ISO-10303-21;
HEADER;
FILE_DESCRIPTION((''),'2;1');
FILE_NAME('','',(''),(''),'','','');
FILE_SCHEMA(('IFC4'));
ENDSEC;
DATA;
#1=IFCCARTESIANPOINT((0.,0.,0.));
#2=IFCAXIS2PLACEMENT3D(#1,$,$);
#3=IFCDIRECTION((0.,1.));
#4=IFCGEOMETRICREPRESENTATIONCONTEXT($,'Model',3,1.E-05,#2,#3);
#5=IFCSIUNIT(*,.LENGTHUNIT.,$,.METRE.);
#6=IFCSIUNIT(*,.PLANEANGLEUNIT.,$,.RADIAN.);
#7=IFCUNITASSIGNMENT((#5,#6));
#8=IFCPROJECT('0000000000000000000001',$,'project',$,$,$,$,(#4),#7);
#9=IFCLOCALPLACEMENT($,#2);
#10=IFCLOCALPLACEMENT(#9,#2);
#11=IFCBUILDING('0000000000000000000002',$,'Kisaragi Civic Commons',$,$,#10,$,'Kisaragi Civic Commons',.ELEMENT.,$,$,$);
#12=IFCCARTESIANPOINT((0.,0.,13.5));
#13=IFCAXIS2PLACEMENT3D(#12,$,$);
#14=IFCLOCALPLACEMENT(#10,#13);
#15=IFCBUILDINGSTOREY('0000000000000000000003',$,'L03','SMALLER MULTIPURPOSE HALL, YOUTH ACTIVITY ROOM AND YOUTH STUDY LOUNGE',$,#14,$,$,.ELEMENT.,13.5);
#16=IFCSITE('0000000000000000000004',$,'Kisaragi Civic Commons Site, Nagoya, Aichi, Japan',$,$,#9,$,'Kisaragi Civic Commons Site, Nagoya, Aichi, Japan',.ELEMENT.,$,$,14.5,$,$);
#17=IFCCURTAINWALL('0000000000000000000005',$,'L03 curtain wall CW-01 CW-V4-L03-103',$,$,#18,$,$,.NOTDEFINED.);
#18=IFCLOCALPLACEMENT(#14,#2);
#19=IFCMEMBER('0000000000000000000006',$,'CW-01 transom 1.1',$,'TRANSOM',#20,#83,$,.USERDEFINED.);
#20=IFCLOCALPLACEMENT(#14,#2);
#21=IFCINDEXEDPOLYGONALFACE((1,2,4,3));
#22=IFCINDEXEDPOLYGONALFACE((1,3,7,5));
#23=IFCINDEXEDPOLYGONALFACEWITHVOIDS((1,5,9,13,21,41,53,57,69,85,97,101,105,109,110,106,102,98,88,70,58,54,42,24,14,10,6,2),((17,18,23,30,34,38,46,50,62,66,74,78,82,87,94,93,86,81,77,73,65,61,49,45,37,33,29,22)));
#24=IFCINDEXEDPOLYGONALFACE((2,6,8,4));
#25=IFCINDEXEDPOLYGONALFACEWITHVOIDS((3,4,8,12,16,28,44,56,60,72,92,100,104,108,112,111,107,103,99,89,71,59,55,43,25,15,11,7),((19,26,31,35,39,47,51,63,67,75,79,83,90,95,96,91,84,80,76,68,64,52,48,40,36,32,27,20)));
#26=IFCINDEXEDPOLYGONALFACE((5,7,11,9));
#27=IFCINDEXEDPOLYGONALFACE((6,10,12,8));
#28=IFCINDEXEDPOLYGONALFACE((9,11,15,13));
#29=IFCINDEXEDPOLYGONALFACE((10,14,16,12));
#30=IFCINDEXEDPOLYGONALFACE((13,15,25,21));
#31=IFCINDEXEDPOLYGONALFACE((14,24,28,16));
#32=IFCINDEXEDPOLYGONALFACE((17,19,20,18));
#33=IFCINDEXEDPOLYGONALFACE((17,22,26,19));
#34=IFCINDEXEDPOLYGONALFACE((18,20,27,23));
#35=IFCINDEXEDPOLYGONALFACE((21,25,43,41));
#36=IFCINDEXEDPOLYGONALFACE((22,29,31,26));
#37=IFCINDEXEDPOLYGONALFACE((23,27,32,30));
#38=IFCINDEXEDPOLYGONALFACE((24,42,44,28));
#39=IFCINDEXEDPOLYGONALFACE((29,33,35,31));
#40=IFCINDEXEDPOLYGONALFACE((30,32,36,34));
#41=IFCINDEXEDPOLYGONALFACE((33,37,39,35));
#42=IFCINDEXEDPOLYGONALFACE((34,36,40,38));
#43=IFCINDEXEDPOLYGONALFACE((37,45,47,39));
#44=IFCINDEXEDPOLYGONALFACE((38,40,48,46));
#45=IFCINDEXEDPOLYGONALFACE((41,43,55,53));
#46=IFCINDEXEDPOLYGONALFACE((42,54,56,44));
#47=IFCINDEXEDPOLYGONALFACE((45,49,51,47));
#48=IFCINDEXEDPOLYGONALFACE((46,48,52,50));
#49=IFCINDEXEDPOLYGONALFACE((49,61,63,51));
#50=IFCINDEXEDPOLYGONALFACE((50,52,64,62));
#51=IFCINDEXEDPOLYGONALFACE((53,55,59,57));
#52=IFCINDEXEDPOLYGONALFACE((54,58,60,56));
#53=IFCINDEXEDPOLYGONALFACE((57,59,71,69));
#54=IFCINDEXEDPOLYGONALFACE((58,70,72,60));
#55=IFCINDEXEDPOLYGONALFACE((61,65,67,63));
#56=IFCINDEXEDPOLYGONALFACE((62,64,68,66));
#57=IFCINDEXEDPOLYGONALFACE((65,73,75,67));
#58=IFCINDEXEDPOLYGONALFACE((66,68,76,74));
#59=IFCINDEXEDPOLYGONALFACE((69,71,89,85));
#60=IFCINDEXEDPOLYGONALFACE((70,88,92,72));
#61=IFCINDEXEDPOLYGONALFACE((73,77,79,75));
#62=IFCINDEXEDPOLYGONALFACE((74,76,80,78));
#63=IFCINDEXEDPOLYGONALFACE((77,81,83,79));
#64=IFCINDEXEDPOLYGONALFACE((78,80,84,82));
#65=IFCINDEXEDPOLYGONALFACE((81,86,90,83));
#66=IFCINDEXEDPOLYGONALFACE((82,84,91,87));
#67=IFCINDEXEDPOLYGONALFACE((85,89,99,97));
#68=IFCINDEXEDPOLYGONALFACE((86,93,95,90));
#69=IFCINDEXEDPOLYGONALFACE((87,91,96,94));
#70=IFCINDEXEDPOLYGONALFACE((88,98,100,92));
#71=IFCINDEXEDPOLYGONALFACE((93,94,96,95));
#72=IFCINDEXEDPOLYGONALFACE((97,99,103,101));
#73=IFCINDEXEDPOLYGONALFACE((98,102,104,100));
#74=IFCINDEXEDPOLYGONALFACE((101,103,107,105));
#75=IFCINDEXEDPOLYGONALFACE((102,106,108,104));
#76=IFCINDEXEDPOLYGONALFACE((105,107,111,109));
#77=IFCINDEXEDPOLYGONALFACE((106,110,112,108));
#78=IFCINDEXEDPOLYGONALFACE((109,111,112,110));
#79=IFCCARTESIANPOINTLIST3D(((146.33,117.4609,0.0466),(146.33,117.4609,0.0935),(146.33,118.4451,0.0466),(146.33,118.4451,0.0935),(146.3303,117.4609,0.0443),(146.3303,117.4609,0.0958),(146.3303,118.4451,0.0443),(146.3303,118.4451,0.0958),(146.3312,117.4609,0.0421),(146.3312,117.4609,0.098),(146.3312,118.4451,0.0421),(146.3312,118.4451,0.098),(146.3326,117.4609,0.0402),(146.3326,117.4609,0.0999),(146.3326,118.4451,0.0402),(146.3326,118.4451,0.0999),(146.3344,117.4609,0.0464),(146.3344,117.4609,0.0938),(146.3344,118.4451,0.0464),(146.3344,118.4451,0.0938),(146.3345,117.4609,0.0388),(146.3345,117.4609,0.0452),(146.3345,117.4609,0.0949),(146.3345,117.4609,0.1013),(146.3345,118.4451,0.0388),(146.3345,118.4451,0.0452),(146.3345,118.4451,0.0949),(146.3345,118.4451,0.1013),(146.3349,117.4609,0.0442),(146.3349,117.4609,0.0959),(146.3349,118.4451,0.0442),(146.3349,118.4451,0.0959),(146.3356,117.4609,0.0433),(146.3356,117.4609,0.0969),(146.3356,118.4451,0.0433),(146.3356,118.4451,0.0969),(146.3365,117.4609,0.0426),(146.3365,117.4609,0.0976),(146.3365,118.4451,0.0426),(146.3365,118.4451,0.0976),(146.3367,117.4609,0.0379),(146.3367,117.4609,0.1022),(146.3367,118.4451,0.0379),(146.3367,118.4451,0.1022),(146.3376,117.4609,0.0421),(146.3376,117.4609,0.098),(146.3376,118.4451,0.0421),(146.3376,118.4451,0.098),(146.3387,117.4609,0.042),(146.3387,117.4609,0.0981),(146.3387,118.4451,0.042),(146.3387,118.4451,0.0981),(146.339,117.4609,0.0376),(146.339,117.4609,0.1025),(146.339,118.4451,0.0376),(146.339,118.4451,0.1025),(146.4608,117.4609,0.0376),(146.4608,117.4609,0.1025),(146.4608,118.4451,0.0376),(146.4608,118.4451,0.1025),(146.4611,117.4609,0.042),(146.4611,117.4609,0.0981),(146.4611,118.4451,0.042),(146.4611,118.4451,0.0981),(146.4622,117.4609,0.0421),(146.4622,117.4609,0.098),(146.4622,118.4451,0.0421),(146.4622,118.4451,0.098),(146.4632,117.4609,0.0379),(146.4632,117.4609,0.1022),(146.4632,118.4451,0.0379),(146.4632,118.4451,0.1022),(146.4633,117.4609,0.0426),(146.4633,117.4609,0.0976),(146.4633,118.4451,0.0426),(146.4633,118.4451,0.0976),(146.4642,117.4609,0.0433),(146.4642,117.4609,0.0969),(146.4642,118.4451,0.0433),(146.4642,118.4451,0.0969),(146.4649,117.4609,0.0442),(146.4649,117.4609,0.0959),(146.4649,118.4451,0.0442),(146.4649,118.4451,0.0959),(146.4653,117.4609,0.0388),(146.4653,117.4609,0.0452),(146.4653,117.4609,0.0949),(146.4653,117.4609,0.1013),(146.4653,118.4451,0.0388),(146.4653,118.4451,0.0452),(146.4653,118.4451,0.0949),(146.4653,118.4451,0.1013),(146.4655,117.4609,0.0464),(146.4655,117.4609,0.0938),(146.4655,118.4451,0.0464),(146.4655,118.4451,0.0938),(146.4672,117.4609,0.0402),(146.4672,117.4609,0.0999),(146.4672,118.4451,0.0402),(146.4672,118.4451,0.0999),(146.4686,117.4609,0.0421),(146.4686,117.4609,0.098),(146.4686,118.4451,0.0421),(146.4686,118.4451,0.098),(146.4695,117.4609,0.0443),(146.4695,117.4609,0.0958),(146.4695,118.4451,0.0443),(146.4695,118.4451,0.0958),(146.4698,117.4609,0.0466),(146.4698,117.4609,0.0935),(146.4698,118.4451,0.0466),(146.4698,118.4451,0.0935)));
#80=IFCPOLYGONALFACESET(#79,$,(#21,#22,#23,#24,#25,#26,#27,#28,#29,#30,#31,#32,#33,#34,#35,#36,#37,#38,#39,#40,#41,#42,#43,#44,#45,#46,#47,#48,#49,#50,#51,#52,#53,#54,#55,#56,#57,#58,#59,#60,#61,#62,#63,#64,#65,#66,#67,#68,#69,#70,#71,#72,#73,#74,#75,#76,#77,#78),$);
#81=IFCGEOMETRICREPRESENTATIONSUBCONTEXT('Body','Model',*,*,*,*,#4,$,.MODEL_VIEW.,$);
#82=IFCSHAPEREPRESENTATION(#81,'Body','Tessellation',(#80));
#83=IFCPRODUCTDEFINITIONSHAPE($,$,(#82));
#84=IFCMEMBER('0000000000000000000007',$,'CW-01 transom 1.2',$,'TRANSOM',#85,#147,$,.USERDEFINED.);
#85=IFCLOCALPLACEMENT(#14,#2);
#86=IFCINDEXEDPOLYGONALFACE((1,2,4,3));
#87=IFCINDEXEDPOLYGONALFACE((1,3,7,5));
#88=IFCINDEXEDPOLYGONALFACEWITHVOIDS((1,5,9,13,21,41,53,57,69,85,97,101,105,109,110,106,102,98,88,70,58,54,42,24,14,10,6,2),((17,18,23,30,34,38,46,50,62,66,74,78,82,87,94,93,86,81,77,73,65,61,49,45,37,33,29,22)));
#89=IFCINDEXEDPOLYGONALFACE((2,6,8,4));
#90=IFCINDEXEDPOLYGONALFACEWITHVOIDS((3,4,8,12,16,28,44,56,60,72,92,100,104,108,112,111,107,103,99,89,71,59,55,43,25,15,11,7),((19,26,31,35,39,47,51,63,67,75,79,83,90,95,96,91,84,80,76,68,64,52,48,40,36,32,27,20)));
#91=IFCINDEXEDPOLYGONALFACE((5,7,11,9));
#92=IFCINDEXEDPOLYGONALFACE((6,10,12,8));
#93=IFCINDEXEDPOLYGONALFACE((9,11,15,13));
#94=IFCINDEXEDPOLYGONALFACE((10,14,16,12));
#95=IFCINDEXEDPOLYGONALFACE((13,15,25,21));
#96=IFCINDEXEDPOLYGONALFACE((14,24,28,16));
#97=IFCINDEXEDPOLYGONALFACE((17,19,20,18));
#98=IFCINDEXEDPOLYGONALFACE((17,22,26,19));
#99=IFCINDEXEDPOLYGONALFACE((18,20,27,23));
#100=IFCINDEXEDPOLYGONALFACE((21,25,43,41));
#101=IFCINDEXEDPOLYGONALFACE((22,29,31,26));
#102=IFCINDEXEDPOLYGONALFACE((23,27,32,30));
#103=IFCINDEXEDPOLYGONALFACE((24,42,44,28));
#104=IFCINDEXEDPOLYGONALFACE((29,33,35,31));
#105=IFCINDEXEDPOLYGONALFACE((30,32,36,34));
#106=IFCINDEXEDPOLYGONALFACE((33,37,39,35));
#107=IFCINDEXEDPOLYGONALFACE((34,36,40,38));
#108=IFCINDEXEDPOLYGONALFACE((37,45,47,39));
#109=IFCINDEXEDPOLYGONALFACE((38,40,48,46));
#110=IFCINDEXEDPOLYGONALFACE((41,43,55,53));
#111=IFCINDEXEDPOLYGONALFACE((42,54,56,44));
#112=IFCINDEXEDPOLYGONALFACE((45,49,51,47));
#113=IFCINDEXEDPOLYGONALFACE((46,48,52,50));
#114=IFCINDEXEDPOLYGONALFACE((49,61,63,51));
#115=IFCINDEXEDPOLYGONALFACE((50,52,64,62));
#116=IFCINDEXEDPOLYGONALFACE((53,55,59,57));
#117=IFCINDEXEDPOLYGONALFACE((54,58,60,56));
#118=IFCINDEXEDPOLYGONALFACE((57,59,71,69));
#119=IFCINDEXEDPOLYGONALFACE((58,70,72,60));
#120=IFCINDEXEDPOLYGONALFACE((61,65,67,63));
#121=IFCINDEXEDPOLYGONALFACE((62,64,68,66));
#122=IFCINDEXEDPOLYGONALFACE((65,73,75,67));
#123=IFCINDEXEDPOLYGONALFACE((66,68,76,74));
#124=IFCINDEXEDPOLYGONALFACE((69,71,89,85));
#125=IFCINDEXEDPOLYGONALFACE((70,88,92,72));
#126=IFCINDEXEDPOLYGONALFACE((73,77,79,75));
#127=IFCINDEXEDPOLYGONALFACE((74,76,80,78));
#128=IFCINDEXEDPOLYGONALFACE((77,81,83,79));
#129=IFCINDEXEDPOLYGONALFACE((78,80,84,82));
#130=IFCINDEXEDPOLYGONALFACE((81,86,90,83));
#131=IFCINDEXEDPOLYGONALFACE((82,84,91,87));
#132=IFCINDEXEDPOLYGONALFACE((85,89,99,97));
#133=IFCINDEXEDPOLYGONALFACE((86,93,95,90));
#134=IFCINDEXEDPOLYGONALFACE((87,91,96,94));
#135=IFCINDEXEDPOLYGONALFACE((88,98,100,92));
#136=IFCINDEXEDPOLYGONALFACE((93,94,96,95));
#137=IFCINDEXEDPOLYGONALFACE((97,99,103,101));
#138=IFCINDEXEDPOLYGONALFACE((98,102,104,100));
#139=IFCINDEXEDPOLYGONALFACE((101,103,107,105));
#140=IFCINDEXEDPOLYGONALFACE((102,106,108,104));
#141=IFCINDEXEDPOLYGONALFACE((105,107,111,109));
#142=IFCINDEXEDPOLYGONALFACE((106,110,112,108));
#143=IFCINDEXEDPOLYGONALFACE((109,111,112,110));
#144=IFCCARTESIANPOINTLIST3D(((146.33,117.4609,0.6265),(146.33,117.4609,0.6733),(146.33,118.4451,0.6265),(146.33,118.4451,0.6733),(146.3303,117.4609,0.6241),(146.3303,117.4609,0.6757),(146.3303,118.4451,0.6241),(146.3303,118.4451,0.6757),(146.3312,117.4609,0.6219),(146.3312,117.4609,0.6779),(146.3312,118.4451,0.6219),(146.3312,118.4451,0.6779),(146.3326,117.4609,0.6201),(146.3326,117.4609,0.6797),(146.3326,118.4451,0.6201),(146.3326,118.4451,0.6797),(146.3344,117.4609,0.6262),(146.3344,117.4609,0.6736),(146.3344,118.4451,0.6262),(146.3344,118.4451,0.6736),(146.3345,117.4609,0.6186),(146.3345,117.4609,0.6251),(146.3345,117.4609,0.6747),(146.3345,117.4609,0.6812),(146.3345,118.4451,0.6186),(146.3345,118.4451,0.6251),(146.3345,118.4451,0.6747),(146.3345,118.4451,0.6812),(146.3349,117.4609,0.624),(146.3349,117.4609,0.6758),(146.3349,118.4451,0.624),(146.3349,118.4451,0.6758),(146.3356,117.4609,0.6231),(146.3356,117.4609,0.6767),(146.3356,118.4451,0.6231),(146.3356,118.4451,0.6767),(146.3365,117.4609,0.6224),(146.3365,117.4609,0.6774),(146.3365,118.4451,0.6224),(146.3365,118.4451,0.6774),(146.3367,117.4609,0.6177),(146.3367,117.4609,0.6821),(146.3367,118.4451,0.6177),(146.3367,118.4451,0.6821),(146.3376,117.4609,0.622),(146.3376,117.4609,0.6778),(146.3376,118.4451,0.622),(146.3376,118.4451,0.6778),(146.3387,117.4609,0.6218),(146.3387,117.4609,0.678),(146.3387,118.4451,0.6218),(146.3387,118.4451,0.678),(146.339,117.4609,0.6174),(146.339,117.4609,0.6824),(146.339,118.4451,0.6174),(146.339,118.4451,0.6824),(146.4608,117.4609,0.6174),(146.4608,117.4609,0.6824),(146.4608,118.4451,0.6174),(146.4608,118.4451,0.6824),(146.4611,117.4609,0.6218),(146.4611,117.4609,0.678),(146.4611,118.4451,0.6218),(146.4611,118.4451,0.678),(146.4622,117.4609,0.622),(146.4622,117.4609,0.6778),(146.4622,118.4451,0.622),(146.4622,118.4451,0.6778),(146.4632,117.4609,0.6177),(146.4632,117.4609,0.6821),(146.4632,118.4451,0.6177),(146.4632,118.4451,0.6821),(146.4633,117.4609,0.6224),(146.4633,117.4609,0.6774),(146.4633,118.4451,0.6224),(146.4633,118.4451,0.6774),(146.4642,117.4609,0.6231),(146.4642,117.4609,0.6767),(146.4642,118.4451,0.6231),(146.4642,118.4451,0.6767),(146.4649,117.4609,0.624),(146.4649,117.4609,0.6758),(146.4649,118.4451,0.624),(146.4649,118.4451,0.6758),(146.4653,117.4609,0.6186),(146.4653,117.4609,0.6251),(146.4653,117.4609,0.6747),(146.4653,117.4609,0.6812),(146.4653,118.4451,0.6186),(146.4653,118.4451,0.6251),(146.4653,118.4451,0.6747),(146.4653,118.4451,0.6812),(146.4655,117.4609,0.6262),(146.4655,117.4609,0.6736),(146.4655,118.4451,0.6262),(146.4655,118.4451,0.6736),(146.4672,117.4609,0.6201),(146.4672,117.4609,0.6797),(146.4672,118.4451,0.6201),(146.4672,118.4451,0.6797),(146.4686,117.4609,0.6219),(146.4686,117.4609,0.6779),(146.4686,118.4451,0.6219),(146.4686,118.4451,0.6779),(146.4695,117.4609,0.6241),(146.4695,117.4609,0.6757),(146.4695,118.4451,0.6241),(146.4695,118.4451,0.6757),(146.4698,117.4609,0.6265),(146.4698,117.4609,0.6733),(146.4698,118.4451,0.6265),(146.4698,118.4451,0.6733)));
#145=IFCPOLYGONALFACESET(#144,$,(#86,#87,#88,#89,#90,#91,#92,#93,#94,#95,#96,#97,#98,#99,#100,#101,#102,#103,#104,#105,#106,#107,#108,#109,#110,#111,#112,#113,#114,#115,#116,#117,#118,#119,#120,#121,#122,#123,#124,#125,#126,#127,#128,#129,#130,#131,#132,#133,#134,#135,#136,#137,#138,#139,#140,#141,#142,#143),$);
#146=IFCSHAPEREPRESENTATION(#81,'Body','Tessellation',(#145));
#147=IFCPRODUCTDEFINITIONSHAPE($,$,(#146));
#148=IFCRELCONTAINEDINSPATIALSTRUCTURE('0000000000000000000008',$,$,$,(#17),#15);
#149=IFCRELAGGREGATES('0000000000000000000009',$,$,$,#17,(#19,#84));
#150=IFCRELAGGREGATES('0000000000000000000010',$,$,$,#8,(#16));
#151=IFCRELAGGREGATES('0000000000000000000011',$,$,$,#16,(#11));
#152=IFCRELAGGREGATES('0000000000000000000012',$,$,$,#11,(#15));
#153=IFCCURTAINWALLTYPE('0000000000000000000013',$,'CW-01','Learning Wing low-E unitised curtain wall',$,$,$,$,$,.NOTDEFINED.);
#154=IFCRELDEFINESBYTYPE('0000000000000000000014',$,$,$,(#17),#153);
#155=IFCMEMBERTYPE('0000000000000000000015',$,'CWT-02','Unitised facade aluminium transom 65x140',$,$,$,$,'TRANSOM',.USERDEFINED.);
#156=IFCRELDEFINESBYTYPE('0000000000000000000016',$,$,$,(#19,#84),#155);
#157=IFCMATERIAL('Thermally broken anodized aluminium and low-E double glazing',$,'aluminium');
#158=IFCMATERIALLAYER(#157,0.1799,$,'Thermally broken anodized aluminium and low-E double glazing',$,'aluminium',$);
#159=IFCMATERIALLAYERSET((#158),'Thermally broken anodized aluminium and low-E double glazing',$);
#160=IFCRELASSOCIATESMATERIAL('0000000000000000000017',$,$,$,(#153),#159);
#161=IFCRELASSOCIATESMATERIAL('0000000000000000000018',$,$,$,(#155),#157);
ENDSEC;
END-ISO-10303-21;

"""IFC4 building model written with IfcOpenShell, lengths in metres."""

from ifc_helpers import new_model, si_unit, direction, frame, origin, origin_2d, place, context, subcontext, project, spatial, hollow_rectangle, extrude, material, layer, layer_set, material_profile, profile_set, type_object, element, aggregate, save


model = new_model("IFC4")

# Units and contexts
model_context = context("Model", 3, precision=1e-05, world=origin(), true_north=direction((0.0, 1.0)))
body_context = subcontext(model_context, "Body", "Model", "MODEL_VIEW")
ifc_project = project(units=[si_unit("LENGTHUNIT", "METRE"), si_unit("PLANEANGLEUNIT", "RADIAN")], contexts=[model_context])

# Site, building, storey
site_placement = place(None, origin())
site = spatial("IfcSite", under=ifc_project, at=site_placement, Name="Kisaragi Civic Commons Site, Nagoya, Aichi, Japan", LongName="Kisaragi Civic Commons Site, Nagoya, Aichi, Japan", CompositionType="ELEMENT", RefElevation=14.5)
building_placement = place(site_placement, origin())
building = spatial("IfcBuilding", under=site, at=building_placement, Name="Kisaragi Civic Commons", LongName="Kisaragi Civic Commons", CompositionType="ELEMENT")
storey_placement = place(building_placement, frame((0.0, 0.0, 13.5)))
storey = spatial("IfcBuildingStorey", under=building, at=storey_placement, Name="L03", Description="SMALLER MULTIPURPOSE HALL, YOUTH ACTIVITY ROOM AND YOUTH STUDY LOUNGE", CompositionType="ELEMENT", Elevation=13.5)

# Shared definitions
ifc_material_1 = material(Name="Thermally broken anodized aluminium and low-E double glazing", Category="aluminium")
ifc_layer_1 = layer(ifc_material_1, 0.1799, Name="Thermally broken anodized aluminium and low-E double glazing", Category="aluminium")
ifc_layer_set_1 = layer_set([ifc_layer_1], Name="Thermally broken anodized aluminium and low-E double glazing")
curtain_wall_type = type_object("IfcCurtainWallType", Name="CW-01", Description="Learning Wing low-E unitised curtain wall", PredefinedType="NOTDEFINED", material=ifc_layer_set_1)

# Curtain wall
curtain_wall_1_placement = place(storey_placement, origin())
curtain_wall_1 = element("IfcCurtainWall", 1, at=curtain_wall_1_placement, inside=storey, type_object=curtain_wall_type, Name="L03 curtain wall CW-01 CW-V4-L03-103", PredefinedType="NOTDEFINED")

# Members
ifc_material_profile_1 = material_profile(ifc_material_1, hollow_rectangle(XDim=0.1399, YDim=0.0649, WallThickness=0.0044, InnerFilletRadius=0.0044, OuterFilletRadius=0.009, at=origin_2d()), Name="CWT-65x140x4.5", Category="aluminium")
ifc_profile_set_1 = profile_set([ifc_material_profile_1], Name="Thermally broken anodized aluminium and low-E double glazing")
member_type_1 = type_object("IfcMemberType", Name="CWT-02", Description="Unitised facade aluminium transom 65x140", ElementType="TRANSOM", PredefinedType="USERDEFINED", material=ifc_profile_set_1)
member_1_placement = place(storey_placement, frame((146.3999, 118.4451, 0.0701), z_axis=(0.0, -1.0, 0.0), x_axis=(1.0, 0.0, 0.0)))
member_1 = element("IfcMember", 2, at=member_1_placement, type_object=member_type_1, Name="CW-01 transom 1.1", ObjectType="TRANSOM", PredefinedType="USERDEFINED", context=body_context, shape_type="SweptSolid", body=[
    extrude(hollow_rectangle(XDim=0.1399, YDim=0.0649, WallThickness=0.0044, InnerFilletRadius=0.0044, OuterFilletRadius=0.009, at=origin_2d()), origin(), (0.0, 0.0, 1.0), 0.9841),
])
member_2_placement = place(storey_placement, frame((146.3999, 118.4451, 0.6499), z_axis=(0.0, -1.0, 0.0), x_axis=(1.0, 0.0, 0.0)))
member_2 = element("IfcMember", 3, at=member_2_placement, type_object=member_type_1, Name="CW-01 transom 1.2", ObjectType="TRANSOM", PredefinedType="USERDEFINED", context=body_context, shape_type="SweptSolid", body=[
    extrude(hollow_rectangle(XDim=0.1399, YDim=0.0649, WallThickness=0.0044, InnerFilletRadius=0.0044, OuterFilletRadius=0.009, at=origin_2d()), origin(), (0.0, 0.0, 1.0), 0.9841),
])

aggregate(curtain_wall_1, [member_1, member_2])

save(model, "model.ifc")
